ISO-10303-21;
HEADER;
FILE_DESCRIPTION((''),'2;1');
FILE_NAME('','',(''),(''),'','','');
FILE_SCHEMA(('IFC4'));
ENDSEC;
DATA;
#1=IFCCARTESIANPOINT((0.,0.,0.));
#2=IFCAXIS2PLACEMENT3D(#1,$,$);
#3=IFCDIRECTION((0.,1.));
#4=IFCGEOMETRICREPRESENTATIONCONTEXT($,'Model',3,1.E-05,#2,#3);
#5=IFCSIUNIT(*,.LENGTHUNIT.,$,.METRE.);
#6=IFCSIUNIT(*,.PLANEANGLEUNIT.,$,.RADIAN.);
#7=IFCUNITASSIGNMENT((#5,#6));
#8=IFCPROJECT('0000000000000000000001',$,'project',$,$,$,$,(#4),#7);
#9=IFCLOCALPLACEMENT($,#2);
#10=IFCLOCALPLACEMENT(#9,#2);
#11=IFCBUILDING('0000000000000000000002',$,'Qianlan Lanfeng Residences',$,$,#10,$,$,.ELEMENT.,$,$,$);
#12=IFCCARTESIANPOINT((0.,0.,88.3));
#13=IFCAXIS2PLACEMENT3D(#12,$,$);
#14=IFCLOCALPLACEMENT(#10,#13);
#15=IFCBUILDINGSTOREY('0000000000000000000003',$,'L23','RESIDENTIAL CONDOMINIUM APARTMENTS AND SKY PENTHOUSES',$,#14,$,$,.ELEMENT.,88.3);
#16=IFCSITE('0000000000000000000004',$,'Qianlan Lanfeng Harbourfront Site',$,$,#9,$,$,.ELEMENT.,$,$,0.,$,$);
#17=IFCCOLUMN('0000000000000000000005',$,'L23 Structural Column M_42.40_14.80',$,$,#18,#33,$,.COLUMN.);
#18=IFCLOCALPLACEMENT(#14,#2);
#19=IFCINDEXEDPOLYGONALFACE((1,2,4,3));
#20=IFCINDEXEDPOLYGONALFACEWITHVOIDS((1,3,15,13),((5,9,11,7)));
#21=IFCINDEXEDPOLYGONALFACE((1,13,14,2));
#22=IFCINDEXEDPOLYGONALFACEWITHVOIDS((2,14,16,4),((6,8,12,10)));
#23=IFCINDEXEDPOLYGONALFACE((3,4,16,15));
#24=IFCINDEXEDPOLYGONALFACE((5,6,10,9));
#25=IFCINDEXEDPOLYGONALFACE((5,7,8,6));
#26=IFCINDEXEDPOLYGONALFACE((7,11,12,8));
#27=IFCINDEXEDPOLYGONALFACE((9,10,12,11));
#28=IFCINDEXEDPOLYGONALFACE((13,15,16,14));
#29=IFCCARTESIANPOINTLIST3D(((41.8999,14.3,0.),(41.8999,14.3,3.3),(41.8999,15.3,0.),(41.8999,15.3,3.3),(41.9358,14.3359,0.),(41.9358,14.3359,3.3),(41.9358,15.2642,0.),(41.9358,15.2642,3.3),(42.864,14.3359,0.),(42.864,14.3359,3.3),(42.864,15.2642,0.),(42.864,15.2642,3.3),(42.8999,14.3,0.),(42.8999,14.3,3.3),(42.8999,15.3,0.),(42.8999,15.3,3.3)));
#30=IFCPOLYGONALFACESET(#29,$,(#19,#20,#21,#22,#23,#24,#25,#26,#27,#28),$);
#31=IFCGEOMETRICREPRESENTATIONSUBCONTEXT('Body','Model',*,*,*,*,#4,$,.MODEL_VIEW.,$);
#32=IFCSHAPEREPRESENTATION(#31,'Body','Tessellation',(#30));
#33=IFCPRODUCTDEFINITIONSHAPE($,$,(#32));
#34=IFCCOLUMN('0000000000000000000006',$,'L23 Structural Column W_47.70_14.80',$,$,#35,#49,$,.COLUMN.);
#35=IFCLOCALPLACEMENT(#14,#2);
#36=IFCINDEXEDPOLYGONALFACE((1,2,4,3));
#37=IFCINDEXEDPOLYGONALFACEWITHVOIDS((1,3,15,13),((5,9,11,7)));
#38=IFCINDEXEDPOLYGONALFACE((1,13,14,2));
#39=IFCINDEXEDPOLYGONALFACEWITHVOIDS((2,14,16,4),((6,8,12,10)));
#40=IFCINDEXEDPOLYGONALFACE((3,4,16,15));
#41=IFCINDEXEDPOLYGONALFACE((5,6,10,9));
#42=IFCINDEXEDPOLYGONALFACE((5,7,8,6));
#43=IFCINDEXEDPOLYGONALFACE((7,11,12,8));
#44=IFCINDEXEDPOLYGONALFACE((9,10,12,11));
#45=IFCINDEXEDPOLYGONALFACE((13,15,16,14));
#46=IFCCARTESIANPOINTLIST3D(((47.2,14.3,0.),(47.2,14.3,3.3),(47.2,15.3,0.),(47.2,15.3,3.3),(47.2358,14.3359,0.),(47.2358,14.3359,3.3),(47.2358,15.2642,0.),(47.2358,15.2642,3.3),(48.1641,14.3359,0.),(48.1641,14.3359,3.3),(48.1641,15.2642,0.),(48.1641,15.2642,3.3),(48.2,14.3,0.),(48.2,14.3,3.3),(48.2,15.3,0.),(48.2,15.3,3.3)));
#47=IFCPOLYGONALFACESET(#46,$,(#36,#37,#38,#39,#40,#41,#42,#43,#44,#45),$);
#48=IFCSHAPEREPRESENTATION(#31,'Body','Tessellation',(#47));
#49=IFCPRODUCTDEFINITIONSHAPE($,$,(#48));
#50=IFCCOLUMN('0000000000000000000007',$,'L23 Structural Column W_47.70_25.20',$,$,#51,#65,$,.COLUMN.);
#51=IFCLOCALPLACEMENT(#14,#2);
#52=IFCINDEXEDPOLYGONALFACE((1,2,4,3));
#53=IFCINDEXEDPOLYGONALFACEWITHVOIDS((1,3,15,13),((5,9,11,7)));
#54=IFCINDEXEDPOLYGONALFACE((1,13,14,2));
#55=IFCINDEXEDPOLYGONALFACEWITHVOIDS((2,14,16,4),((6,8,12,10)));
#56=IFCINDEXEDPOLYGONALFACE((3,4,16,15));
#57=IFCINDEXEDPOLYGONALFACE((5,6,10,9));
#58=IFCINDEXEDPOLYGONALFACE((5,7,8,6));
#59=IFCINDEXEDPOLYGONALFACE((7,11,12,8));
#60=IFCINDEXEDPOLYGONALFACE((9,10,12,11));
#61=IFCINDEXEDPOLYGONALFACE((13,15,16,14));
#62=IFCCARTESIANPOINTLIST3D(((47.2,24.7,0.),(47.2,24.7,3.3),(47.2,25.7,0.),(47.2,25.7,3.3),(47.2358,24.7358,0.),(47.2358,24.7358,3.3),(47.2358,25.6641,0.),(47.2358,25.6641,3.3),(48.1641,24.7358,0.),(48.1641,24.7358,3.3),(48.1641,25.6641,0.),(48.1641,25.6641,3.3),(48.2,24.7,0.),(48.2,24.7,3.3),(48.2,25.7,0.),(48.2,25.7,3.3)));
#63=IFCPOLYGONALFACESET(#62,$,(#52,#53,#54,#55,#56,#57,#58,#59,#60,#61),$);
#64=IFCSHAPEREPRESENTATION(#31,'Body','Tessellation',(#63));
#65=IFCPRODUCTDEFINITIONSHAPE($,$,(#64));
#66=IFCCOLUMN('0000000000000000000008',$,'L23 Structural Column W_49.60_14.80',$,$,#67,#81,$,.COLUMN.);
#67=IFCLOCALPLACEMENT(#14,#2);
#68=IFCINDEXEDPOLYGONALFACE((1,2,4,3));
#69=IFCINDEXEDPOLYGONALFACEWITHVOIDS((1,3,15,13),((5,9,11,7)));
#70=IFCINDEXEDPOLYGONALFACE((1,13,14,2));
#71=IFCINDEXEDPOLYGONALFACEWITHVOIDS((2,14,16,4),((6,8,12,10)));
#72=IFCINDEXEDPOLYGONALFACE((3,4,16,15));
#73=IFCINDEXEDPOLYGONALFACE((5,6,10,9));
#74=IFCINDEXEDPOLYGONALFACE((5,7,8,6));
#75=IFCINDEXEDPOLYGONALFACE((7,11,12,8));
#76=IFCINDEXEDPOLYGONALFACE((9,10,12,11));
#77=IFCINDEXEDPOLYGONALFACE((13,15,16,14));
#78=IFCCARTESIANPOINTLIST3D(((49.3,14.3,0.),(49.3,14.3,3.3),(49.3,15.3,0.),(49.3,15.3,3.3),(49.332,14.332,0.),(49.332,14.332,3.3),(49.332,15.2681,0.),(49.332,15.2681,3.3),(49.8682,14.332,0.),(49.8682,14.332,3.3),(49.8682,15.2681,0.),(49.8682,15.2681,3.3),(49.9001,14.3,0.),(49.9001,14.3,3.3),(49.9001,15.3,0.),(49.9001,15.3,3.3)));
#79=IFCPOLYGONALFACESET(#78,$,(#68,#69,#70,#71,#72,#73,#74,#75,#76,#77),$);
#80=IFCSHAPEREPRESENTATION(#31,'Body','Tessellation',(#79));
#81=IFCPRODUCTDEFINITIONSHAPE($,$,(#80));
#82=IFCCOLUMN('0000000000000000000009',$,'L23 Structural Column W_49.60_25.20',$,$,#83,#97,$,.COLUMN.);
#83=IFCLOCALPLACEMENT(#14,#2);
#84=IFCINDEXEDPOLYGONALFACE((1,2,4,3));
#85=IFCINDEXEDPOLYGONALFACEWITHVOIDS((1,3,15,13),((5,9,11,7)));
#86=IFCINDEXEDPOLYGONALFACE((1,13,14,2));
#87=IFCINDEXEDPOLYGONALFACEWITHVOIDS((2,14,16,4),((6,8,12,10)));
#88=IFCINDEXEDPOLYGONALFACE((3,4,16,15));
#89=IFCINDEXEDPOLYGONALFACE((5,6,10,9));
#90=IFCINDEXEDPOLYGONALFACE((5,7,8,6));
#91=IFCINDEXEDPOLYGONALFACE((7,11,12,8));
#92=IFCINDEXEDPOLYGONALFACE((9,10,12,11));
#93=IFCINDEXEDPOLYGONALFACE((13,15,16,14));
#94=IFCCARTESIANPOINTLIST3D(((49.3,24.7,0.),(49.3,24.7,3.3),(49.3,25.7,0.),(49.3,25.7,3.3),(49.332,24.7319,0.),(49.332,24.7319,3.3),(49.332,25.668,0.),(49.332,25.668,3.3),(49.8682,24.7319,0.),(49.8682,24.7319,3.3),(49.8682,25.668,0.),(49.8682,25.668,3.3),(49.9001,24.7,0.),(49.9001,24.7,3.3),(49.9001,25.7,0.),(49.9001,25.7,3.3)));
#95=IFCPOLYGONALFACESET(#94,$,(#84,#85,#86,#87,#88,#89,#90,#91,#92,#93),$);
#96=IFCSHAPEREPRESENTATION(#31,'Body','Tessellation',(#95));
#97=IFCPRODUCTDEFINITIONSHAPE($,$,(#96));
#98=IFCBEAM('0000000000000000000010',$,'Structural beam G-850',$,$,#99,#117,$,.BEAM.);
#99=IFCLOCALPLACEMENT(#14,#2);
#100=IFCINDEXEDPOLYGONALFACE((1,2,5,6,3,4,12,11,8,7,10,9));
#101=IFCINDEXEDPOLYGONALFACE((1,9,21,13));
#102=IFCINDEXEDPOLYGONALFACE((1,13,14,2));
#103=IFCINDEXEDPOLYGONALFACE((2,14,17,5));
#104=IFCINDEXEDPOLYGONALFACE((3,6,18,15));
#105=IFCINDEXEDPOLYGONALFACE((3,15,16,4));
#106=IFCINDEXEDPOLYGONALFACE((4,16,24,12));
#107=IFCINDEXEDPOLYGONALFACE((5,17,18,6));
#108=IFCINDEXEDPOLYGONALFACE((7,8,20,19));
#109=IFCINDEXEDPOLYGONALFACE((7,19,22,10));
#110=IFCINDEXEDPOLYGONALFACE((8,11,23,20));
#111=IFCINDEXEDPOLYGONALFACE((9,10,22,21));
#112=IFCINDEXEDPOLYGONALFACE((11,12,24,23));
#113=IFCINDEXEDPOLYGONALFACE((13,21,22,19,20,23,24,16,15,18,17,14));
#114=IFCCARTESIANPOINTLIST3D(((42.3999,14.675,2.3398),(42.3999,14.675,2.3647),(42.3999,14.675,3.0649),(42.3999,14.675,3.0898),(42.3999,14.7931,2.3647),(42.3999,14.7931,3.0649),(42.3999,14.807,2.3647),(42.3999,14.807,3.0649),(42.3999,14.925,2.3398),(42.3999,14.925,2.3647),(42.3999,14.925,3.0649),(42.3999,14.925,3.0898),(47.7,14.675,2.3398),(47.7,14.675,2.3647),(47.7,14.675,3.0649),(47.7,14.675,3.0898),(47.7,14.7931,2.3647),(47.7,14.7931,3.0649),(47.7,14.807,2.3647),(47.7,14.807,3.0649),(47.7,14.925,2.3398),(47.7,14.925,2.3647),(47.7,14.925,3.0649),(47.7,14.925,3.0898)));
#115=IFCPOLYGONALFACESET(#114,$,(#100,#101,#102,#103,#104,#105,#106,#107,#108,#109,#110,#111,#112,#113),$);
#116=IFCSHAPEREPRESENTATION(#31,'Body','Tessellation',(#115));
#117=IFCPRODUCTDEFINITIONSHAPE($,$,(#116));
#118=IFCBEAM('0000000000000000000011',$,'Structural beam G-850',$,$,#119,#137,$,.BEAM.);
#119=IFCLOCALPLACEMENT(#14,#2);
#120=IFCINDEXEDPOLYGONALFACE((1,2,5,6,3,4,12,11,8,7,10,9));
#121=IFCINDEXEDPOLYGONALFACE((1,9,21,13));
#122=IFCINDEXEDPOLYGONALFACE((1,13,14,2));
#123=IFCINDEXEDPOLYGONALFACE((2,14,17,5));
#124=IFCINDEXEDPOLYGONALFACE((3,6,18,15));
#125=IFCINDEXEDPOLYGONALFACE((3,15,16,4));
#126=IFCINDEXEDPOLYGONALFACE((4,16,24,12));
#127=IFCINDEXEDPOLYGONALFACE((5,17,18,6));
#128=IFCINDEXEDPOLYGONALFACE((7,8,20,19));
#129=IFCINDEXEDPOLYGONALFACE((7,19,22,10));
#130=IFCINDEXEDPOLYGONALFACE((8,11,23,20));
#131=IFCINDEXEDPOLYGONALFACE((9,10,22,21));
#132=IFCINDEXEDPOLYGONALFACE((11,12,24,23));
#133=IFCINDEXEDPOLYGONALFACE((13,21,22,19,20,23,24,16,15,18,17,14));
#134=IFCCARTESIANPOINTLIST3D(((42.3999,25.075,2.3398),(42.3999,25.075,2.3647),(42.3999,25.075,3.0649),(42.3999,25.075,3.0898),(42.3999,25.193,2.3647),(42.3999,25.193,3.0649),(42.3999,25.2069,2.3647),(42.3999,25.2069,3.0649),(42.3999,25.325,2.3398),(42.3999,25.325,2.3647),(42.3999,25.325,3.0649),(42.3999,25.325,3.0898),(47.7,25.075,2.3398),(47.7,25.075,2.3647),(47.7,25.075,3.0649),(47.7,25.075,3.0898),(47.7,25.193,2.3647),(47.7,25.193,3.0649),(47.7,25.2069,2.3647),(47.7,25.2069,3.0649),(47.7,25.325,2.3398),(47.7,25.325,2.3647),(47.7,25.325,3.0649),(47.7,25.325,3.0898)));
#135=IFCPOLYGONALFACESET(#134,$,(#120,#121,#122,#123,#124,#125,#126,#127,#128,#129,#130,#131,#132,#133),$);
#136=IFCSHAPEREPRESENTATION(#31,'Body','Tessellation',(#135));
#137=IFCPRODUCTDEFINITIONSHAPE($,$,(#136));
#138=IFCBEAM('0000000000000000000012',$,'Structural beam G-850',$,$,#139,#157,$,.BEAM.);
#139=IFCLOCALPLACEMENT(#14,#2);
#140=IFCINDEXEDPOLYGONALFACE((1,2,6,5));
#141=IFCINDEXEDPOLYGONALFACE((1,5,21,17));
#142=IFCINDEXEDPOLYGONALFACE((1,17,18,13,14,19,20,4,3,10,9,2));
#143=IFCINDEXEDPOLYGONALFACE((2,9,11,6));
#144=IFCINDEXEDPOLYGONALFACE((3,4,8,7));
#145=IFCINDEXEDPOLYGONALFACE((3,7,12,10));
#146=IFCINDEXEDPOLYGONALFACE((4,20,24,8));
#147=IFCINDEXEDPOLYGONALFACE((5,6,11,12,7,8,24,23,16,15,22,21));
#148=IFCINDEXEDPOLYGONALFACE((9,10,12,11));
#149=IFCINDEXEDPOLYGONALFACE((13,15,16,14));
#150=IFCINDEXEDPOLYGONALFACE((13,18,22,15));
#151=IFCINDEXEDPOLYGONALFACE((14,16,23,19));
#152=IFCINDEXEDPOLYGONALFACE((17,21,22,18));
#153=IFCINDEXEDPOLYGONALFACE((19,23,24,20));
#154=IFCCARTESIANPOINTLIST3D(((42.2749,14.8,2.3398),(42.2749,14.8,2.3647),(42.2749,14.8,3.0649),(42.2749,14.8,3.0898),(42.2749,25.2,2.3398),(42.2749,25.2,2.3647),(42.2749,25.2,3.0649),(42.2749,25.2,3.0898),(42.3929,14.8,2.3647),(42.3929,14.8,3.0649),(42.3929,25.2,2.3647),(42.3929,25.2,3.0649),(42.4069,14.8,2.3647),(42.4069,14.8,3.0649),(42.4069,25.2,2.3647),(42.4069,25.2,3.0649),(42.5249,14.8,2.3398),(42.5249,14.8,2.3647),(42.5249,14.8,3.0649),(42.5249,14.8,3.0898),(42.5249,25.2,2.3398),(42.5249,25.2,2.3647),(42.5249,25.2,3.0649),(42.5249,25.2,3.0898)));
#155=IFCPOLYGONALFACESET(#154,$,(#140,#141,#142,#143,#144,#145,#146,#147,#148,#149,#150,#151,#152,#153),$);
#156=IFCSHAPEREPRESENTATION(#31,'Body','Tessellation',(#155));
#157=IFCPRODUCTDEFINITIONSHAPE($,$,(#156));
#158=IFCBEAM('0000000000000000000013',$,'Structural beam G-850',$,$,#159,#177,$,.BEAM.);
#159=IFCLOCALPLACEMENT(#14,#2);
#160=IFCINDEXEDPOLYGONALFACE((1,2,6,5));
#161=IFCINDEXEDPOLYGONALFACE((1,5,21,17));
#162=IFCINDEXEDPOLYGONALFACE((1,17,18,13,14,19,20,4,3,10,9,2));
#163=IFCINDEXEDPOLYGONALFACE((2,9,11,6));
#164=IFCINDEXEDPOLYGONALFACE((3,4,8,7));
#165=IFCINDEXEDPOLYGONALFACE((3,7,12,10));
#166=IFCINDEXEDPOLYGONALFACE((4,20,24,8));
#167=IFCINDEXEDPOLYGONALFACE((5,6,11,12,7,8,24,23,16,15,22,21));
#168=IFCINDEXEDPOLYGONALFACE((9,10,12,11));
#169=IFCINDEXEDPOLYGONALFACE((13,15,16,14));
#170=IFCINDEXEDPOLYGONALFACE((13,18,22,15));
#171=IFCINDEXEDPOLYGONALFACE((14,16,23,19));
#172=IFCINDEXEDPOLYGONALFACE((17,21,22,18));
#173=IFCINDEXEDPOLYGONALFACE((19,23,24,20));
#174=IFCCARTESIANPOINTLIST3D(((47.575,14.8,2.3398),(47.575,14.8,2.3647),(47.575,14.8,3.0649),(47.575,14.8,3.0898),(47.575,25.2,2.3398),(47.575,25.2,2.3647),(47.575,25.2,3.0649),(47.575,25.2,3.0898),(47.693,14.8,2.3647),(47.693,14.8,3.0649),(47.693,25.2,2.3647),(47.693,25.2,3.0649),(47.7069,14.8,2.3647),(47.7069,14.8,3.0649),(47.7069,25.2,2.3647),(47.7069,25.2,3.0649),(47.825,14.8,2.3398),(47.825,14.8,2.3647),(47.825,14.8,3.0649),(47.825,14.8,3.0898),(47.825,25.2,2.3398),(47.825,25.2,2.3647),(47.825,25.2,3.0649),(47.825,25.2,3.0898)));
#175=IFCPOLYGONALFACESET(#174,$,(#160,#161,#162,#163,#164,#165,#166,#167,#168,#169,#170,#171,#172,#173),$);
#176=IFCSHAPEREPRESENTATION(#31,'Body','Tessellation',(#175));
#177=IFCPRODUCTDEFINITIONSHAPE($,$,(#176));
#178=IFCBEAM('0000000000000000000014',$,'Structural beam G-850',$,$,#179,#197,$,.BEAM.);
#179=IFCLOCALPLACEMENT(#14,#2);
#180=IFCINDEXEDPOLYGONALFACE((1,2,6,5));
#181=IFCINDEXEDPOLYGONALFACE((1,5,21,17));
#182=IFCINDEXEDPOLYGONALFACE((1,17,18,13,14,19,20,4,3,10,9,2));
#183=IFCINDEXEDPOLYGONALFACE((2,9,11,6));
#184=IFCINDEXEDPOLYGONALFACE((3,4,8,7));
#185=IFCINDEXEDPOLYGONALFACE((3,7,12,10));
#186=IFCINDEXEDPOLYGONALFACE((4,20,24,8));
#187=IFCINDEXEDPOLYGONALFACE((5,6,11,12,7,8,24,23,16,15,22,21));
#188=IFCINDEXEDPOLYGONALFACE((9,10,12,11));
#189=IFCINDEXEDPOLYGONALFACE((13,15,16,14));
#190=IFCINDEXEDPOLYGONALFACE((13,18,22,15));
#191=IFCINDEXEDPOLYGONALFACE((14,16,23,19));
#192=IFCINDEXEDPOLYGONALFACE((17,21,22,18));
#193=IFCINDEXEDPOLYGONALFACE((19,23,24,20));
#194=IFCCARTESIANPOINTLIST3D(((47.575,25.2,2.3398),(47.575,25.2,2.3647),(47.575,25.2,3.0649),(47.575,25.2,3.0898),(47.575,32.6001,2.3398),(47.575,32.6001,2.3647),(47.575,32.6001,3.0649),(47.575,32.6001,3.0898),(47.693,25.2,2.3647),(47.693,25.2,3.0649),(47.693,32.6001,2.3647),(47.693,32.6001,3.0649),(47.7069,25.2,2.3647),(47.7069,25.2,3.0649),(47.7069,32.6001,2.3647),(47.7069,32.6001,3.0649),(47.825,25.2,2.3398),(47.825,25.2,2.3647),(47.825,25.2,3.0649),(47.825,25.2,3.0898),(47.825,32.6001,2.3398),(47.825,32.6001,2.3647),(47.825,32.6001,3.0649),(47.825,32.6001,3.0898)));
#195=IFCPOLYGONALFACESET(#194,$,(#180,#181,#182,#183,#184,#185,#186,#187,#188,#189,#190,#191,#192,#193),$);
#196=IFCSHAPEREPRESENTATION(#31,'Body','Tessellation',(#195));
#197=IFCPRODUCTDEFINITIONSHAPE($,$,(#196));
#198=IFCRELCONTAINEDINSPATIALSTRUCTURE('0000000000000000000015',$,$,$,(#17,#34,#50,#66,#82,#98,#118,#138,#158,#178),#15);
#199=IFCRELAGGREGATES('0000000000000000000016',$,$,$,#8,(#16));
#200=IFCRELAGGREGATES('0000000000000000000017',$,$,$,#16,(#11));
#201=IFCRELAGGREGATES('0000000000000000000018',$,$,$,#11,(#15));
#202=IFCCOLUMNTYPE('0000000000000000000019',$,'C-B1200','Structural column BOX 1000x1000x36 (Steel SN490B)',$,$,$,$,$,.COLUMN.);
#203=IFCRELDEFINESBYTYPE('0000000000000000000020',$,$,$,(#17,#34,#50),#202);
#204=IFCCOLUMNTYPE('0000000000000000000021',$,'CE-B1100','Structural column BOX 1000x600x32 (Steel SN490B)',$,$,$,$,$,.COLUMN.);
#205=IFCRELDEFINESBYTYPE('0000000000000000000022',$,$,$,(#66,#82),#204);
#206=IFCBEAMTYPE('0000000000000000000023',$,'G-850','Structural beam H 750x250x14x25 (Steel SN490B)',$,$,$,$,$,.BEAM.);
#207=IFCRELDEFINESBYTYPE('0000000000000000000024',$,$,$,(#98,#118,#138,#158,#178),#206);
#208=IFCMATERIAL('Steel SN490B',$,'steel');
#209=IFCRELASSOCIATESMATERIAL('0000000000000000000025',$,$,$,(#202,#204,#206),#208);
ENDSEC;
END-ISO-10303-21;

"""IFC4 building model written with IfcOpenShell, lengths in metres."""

from ifc_helpers import new_model, si_unit, direction, frame, origin, origin_2d, place, context, subcontext, project, spatial, hollow_rectangle, i_section, extrude, material, material_profile, profile_set, type_object, element, save


model = new_model("IFC4")

# Units and contexts
model_context = context("Model", 3, precision=1e-05, world=origin(), true_north=direction((0.0, 1.0)))
body_context = subcontext(model_context, "Body", "Model", "MODEL_VIEW")
ifc_project = project(units=[si_unit("LENGTHUNIT", "METRE"), si_unit("PLANEANGLEUNIT", "RADIAN")], contexts=[model_context])

# Site, building, storey
site_placement = place(None, origin())
site = spatial("IfcSite", under=ifc_project, at=site_placement, Name="Qianlan Lanfeng Harbourfront Site", CompositionType="ELEMENT", RefElevation=0.0)
building_placement = place(site_placement, origin())
building = spatial("IfcBuilding", under=site, at=building_placement, Name="Qianlan Lanfeng Residences", CompositionType="ELEMENT")
storey_placement = place(building_placement, frame((0.0, 0.0, 88.3)))
storey = spatial("IfcBuildingStorey", under=building, at=storey_placement, Name="L23", Description="RESIDENTIAL CONDOMINIUM APARTMENTS AND SKY PENTHOUSES", CompositionType="ELEMENT", Elevation=88.3)

# Columns
ifc_material_1 = material(Name="Steel SN490B", Category="steel")
ifc_material_profile_1 = material_profile(ifc_material_1, hollow_rectangle(XDim=1.0, YDim=1.0, WallThickness=0.0359, at=origin_2d()), Name="BOX 1000x1000x36")
ifc_profile_set_1 = profile_set([ifc_material_profile_1], Name="Steel SN490B")
column_type_1 = type_object("IfcColumnType", Name="C-B1200", Description="Structural column BOX 1000x1000x36 (Steel SN490B)", PredefinedType="COLUMN", material=ifc_profile_set_1)
for number, where, z_axis, x_axis, name in (
    (1, (42.3999, 14.8, 0.0), (0.0, 0.0, 1.0), (1.0, 0.0, 0.0), "L23 Structural Column M_42.40_14.80"),
    (2, (47.7, 14.8, 0.0), (0.0, 0.0, 1.0), (1.0, 0.0, 0.0), "L23 Structural Column W_47.70_14.80"),
    (3, (47.7, 25.2, 0.0), (0.0, 0.0, 1.0), (1.0, 0.0, 0.0), "L23 Structural Column W_47.70_25.20"),
):
    element("IfcColumn", number, at=place(storey_placement, frame(where, z_axis=z_axis, x_axis=x_axis)), inside=storey, type_object=column_type_1, Name=name, PredefinedType="COLUMN", context=body_context, shape_type="SweptSolid", body=[
        extrude(hollow_rectangle(XDim=1.0, YDim=1.0, WallThickness=0.0359, at=origin_2d()), origin(), (0.0, 0.0, 1.0), 3.3),
    ])
ifc_material_profile_2 = material_profile(ifc_material_1, hollow_rectangle(XDim=0.6001, YDim=1.0, WallThickness=0.032, at=origin_2d()), Name="BOX 1000x600x32")
ifc_profile_set_2 = profile_set([ifc_material_profile_2], Name="Steel SN490B")
column_type_2 = type_object("IfcColumnType", Name="CE-B1100", Description="Structural column BOX 1000x600x32 (Steel SN490B)", PredefinedType="COLUMN", material=ifc_profile_set_2)
for number, where, z_axis, x_axis, name in (
    (4, (49.6001, 14.8, 0.0), (0.0, 0.0, 1.0), (1.0, 0.0, 0.0), "L23 Structural Column W_49.60_14.80"),
    (5, (49.6001, 25.2, 0.0), (0.0, 0.0, 1.0), (1.0, 0.0, 0.0), "L23 Structural Column W_49.60_25.20"),
):
    element("IfcColumn", number, at=place(storey_placement, frame(where, z_axis=z_axis, x_axis=x_axis)), inside=storey, type_object=column_type_2, Name=name, PredefinedType="COLUMN", context=body_context, shape_type="SweptSolid", body=[
        extrude(hollow_rectangle(XDim=0.6001, YDim=1.0, WallThickness=0.032, at=origin_2d()), origin(), (0.0, 0.0, 1.0), 3.3),
    ])

# Beams
ifc_material_profile_3 = material_profile(ifc_material_1, i_section(OverallWidth=0.25, OverallDepth=0.75, WebThickness=0.0139, FlangeThickness=0.0249, at=origin_2d()), Name="H 750x250x14x25")
ifc_profile_set_3 = profile_set([ifc_material_profile_3], Name="Steel SN490B")
beam_type_1 = type_object("IfcBeamType", Name="G-850", Description="Structural beam H 750x250x14x25 (Steel SN490B)", PredefinedType="BEAM", material=ifc_profile_set_3)
for number, where, z_axis, x_axis, name in (
    (6, (42.3999, 14.8, 2.7148), (1.0, 0.0, 0.0), (0.0, 1.0, 0.0), "Structural beam G-850"),
    (7, (42.3999, 25.2, 2.7148), (1.0, 0.0, 0.0), (0.0, 1.0, 0.0), "Structural beam G-850"),
):
    element("IfcBeam", number, at=place(storey_placement, frame(where, z_axis=z_axis, x_axis=x_axis)), inside=storey, type_object=beam_type_1, Name=name, PredefinedType="BEAM", context=body_context, shape_type="SweptSolid", body=[
        extrude(i_section(OverallWidth=0.25, OverallDepth=0.75, WebThickness=0.0139, FlangeThickness=0.0249, at=origin_2d()), origin(), (0.0, 0.0, 1.0), 5.3),
    ])
for number, where, z_axis, x_axis, name in (
    (8, (42.3999, 14.8, 2.7148), (0.0, 1.0, 0.0), (-1.0, 0.0, 0.0), "Structural beam G-850"),
    (9, (47.7, 14.8, 2.7148), (0.0, 1.0, 0.0), (-1.0, 0.0, 0.0), "Structural beam G-850"),
):
    element("IfcBeam", number, at=place(storey_placement, frame(where, z_axis=z_axis, x_axis=x_axis)), inside=storey, type_object=beam_type_1, Name=name, PredefinedType="BEAM", context=body_context, shape_type="SweptSolid", body=[
        extrude(i_section(OverallWidth=0.25, OverallDepth=0.75, WebThickness=0.0139, FlangeThickness=0.0249, at=origin_2d()), origin(), (0.0, 0.0, 1.0), 10.3999),
    ])
beam_1_placement = place(storey_placement, frame((47.7, 25.2, 2.7148), z_axis=(0.0, 1.0, 0.0), x_axis=(-1.0, 0.0, 0.0)))
element("IfcBeam", 10, at=beam_1_placement, inside=storey, type_object=beam_type_1, Name="Structural beam G-850", PredefinedType="BEAM", context=body_context, shape_type="SweptSolid", body=[
    extrude(i_section(OverallWidth=0.25, OverallDepth=0.75, WebThickness=0.0139, FlangeThickness=0.0249, at=origin_2d()), origin(), (0.0, 0.0, 1.0), 7.4001),
])

save(model, "model.ifc")
